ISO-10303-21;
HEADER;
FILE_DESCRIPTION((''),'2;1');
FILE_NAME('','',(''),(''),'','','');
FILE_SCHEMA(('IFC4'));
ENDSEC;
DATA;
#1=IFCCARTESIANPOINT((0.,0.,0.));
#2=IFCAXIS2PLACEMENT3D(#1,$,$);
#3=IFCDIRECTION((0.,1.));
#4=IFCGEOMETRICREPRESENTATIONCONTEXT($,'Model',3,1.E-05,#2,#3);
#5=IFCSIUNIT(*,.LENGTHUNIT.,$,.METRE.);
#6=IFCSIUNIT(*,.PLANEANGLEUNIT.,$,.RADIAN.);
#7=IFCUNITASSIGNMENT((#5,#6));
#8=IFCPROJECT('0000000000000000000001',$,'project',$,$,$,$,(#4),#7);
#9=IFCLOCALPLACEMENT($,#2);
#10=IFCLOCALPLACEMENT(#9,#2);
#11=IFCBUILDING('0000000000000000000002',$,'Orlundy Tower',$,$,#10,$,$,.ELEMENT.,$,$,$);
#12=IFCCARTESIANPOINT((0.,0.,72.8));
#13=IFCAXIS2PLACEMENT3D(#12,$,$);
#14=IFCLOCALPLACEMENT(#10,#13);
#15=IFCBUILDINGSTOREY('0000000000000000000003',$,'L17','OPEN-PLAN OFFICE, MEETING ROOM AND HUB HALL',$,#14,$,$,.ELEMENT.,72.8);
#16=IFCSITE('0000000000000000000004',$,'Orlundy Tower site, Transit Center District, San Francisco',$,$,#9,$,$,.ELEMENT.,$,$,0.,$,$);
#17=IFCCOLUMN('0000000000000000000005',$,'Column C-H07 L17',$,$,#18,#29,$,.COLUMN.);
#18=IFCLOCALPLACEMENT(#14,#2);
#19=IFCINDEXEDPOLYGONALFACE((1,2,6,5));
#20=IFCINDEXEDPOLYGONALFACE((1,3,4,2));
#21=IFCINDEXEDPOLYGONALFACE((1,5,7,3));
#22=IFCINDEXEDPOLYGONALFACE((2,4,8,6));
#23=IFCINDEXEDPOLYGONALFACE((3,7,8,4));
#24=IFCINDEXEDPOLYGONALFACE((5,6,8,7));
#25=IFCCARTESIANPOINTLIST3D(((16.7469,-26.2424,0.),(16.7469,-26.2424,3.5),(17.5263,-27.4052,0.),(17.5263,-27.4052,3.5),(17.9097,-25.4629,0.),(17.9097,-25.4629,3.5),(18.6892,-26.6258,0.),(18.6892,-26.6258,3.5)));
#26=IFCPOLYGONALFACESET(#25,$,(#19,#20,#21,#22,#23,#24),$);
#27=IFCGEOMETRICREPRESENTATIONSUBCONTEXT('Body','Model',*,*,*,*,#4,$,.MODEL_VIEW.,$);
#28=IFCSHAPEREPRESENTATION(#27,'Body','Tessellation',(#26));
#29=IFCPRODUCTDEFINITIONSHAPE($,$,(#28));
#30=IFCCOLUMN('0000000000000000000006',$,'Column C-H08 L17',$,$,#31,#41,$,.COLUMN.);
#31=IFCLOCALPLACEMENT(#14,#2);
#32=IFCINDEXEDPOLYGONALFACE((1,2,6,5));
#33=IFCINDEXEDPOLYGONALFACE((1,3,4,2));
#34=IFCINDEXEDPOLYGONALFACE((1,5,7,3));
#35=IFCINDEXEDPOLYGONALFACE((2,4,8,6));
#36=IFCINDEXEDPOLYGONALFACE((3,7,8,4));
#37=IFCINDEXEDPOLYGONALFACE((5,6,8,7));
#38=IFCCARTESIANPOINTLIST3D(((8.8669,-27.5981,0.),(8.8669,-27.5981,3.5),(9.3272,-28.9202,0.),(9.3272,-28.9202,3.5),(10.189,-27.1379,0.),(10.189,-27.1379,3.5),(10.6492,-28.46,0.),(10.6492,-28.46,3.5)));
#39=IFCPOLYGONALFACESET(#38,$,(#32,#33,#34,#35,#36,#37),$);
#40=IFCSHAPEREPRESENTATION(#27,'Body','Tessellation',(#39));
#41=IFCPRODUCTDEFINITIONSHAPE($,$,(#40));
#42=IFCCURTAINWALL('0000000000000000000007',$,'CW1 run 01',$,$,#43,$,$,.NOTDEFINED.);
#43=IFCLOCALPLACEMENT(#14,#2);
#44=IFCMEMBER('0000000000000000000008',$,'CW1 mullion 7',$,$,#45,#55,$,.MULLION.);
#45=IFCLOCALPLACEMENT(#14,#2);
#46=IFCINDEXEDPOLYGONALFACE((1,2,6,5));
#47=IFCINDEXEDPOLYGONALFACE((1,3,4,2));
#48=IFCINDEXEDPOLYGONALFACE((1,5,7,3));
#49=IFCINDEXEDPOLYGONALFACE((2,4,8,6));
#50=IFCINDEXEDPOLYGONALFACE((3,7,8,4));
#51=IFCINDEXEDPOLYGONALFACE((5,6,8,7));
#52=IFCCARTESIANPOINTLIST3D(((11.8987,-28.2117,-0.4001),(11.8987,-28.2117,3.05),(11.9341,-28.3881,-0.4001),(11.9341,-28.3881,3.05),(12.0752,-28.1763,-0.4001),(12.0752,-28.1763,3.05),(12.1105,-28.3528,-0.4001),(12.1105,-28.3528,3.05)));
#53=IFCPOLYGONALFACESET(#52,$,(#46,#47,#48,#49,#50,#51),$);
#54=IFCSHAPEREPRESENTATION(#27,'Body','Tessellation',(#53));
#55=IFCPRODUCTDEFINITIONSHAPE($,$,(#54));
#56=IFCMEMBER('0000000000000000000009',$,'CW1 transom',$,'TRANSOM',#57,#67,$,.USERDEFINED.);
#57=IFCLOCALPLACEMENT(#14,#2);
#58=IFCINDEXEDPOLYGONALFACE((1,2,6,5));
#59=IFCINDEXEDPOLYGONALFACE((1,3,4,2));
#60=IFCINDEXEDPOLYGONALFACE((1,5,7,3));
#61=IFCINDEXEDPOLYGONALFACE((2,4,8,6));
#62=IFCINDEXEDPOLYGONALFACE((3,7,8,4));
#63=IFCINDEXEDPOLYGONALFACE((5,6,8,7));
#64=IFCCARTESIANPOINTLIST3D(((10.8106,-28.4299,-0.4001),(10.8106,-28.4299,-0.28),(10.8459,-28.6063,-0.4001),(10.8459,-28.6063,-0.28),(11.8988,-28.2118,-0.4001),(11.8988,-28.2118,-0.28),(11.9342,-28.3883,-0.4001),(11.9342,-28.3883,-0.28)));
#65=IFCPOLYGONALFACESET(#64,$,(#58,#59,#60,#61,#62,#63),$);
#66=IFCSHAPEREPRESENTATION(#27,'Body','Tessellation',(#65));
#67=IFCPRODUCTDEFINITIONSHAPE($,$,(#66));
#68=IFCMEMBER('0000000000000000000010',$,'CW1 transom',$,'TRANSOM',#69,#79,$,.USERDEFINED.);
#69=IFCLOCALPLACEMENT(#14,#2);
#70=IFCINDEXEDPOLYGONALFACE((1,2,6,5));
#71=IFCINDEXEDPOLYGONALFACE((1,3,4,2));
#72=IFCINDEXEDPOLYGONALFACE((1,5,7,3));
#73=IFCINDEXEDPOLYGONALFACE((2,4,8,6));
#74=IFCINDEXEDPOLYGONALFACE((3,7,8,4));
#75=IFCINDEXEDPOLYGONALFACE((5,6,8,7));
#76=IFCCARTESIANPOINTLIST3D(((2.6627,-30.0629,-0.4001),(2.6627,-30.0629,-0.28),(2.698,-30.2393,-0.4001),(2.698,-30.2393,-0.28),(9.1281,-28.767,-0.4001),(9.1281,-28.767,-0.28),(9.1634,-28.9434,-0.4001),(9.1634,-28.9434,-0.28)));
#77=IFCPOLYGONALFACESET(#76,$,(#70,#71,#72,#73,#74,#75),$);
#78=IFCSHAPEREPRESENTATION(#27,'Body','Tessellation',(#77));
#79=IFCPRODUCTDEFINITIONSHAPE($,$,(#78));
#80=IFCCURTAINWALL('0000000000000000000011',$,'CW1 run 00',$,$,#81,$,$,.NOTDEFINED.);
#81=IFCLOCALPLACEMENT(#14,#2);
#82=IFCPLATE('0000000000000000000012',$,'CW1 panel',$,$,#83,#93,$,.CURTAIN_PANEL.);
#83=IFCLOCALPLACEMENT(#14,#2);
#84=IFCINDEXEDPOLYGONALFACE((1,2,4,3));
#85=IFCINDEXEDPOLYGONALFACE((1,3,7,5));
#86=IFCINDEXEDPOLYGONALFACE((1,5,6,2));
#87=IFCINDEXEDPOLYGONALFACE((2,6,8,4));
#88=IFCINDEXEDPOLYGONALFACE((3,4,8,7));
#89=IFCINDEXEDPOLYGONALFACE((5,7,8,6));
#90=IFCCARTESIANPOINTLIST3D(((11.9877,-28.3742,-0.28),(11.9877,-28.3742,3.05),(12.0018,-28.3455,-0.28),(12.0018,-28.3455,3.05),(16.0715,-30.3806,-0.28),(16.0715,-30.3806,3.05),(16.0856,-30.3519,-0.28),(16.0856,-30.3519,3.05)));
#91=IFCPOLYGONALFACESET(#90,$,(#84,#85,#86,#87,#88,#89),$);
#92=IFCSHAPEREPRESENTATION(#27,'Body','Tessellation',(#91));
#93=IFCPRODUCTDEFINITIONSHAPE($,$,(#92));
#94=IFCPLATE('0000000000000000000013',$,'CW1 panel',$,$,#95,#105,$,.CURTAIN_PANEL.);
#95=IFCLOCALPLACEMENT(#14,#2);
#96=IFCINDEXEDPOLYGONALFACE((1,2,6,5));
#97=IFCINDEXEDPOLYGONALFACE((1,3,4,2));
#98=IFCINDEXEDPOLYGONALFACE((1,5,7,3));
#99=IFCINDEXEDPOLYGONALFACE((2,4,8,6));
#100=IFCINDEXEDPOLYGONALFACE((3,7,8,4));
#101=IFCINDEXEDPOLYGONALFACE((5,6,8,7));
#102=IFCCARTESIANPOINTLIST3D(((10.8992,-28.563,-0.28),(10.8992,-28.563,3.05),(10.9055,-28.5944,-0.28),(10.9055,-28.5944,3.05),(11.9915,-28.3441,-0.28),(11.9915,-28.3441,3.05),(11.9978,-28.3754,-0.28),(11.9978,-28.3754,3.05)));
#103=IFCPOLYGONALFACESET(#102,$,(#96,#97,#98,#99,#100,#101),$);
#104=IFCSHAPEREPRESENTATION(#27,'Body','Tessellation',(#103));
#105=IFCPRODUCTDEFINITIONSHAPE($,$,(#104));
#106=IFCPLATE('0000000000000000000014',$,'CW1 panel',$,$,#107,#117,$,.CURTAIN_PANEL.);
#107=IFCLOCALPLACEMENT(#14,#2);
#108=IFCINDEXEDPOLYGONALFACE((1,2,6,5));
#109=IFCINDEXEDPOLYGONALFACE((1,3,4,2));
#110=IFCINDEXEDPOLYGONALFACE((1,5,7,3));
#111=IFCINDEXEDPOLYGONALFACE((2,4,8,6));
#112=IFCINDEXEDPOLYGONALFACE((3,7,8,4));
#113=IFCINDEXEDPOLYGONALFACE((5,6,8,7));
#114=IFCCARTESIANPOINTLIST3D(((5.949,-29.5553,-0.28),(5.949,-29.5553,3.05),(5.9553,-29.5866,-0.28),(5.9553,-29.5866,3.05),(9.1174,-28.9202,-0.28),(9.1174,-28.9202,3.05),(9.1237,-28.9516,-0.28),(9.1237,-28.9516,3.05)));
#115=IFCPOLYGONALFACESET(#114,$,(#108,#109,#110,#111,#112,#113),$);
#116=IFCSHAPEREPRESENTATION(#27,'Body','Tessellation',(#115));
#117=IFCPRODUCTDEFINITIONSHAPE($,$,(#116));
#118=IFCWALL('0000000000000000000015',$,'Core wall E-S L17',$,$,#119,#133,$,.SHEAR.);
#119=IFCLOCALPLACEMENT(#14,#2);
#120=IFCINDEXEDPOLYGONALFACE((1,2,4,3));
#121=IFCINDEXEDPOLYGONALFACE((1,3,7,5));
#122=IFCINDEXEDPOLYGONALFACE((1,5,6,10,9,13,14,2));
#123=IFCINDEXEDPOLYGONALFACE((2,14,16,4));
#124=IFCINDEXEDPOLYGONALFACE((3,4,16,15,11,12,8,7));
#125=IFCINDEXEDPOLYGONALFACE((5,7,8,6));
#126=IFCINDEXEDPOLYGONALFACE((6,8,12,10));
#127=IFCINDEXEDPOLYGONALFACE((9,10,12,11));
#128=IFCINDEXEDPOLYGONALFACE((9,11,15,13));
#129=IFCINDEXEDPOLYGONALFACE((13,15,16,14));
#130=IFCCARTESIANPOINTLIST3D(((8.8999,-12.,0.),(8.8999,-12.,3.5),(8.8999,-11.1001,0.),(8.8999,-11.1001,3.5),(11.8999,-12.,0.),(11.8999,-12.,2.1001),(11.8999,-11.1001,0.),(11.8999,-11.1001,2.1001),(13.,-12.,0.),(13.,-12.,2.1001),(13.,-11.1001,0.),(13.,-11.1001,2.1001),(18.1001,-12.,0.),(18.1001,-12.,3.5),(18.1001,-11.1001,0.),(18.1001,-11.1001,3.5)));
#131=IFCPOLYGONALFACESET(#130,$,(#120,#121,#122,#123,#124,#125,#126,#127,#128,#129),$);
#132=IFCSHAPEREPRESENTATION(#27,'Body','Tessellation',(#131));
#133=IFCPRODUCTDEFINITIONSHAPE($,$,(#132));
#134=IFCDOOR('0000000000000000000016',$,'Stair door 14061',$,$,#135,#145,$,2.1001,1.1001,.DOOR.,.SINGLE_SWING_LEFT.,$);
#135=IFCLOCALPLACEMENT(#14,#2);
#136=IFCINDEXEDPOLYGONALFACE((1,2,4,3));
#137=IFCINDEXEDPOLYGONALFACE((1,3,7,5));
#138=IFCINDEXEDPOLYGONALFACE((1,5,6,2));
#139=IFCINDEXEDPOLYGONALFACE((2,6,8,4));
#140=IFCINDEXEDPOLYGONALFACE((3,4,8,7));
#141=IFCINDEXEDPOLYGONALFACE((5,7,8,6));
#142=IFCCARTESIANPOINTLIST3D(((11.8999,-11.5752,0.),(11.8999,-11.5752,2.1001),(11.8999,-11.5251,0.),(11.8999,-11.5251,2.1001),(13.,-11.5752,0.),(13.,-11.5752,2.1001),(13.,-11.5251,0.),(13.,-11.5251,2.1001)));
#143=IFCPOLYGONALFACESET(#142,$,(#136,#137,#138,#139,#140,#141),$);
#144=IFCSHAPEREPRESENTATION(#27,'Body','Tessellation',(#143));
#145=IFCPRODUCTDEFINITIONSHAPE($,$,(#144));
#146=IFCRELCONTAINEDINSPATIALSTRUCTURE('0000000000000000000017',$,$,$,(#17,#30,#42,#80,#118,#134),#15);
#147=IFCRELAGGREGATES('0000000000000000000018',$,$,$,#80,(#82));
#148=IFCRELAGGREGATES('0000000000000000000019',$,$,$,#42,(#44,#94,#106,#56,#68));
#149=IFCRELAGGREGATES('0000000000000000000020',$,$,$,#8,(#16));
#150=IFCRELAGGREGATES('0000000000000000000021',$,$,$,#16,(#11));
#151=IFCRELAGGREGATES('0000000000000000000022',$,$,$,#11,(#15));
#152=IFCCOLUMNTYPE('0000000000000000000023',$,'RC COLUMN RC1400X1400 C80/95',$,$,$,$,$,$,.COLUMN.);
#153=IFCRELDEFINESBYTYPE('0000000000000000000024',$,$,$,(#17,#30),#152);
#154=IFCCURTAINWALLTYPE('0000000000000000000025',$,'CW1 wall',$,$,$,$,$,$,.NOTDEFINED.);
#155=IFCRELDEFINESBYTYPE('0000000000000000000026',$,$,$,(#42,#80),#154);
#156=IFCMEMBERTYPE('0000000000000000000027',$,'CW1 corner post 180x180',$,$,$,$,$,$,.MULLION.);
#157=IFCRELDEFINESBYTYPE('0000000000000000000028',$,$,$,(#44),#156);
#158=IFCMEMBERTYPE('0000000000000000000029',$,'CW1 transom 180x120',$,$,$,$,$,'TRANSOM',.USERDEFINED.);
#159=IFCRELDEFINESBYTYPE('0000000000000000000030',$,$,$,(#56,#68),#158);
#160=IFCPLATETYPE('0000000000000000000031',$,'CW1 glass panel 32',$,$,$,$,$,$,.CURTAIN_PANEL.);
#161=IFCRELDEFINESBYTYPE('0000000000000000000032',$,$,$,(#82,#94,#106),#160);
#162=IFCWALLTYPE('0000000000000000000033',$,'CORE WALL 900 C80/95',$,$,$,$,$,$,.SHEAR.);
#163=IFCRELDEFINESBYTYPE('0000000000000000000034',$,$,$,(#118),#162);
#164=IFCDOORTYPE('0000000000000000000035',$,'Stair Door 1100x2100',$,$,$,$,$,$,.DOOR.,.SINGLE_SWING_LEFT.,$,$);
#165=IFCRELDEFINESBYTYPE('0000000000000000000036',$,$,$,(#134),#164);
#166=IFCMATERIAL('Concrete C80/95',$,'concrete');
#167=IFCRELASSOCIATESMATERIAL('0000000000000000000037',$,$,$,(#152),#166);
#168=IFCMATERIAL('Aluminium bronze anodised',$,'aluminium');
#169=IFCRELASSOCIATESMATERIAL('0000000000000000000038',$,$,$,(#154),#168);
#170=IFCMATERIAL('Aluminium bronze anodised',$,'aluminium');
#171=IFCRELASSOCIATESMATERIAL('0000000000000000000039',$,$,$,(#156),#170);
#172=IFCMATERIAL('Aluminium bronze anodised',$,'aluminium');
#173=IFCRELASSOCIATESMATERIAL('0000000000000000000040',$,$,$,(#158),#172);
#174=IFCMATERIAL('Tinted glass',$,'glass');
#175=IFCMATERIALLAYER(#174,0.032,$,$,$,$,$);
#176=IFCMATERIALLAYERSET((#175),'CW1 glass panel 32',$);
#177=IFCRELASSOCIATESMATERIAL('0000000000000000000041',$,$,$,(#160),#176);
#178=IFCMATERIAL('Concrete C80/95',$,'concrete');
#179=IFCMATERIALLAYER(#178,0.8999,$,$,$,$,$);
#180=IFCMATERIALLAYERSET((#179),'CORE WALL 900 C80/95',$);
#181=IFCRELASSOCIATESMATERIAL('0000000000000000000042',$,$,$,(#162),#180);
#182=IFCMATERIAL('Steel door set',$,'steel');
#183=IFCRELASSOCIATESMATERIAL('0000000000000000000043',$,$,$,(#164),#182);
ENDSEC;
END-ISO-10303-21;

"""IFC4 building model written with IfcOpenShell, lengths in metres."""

from ifc_helpers import new_model, si_unit, direction, frame, frame_2d, origin, origin_2d, place, context, subcontext, project, spatial, rectangle, extrude, material, layer, layer_set, material_profile, profile_set, type_object, element, fill, aggregate, save


model = new_model("IFC4")

# Units and contexts
model_context = context("Model", 3, precision=1e-05, world=origin(), true_north=direction((0.0, 1.0)))
body_context = subcontext(model_context, "Body", "Model", "MODEL_VIEW")
ifc_project = project(units=[si_unit("LENGTHUNIT", "METRE"), si_unit("PLANEANGLEUNIT", "RADIAN")], contexts=[model_context])

# Site, building, storey
site_placement = place(None, origin())
site = spatial("IfcSite", under=ifc_project, at=site_placement, Name="Orlundy Tower site, Transit Center District, San Francisco", CompositionType="ELEMENT", RefElevation=0.0)
building_placement = place(site_placement, origin())
building = spatial("IfcBuilding", under=site, at=building_placement, Name="Orlundy Tower", CompositionType="ELEMENT")
storey_placement = place(building_placement, frame((0.0, 0.0, 72.8)))
storey = spatial("IfcBuildingStorey", under=building, at=storey_placement, Name="L17", Description="OPEN-PLAN OFFICE, MEETING ROOM AND HUB HALL", CompositionType="ELEMENT", Elevation=72.8)

# Columns
ifc_material_1 = material(Name="Concrete C80/95", Category="concrete")
ifc_material_profile_1 = material_profile(ifc_material_1, rectangle(XDim=1.3999, YDim=1.3999, at=origin_2d()), Name="RC1400X1400")
ifc_profile_set_1 = profile_set([ifc_material_profile_1], Name="Concrete C80/95")
column_type = type_object("IfcColumnType", Name="RC COLUMN RC1400X1400 C80/95", PredefinedType="COLUMN", material=ifc_profile_set_1)
for number, where, z_axis, x_axis, name in (
    (1, (17.718, -26.4341, 0.0), (0.0, 0.0, 1.0), (0.556774, -0.830664, 0.0), "Column C-H07 L17"),
    (2, (9.7581, -28.0291, 0.0), (0.0, 0.0, 1.0), (0.328784, -0.944405, 0.0), "Column C-H08 L17"),
):
    element("IfcColumn", number, at=place(storey_placement, frame(where, z_axis=z_axis, x_axis=x_axis)), inside=storey, type_object=column_type, Name=name, PredefinedType="COLUMN", context=body_context, shape_type="SweptSolid", body=[
        extrude(rectangle(XDim=1.3999, YDim=1.3999, at=origin_2d()), origin(), (0.0, 0.0, 1.0), 3.5),
    ])

# Curtain wall, members
ifc_material_2 = material(Name="Aluminium bronze anodised", Category="aluminium")
curtain_wall_type = type_object("IfcCurtainWallType", Name="CW1 wall", PredefinedType="NOTDEFINED", material=ifc_material_2)
curtain_wall_1_placement = place(storey_placement, origin())
curtain_wall_1 = element("IfcCurtainWall", 3, at=curtain_wall_1_placement, inside=storey, type_object=curtain_wall_type, Name="CW1 run 01", PredefinedType="NOTDEFINED")
ifc_material_3 = material(Name="Aluminium bronze anodised", Category="aluminium")
ifc_material_profile_2 = material_profile(ifc_material_3, rectangle(XDim=0.1799, YDim=0.1799, at=origin_2d()), Name="CW1 corner post 180x180")
ifc_profile_set_2 = profile_set([ifc_material_profile_2], Name="Aluminium bronze anodised")
member_type_1 = type_object("IfcMemberType", Name="CW1 corner post 180x180", PredefinedType="MULLION", material=ifc_profile_set_2)
member_1_placement = place(storey_placement, frame((12.0046, -28.2822, -0.4001), z_axis=(0.0, 0.0, 1.0), x_axis=(0.196532, -0.980497, 0.0)))
member_1 = element("IfcMember", 4, at=member_1_placement, type_object=member_type_1, Name="CW1 mullion 7", PredefinedType="MULLION", context=body_context, shape_type="SweptSolid", body=[
    extrude(rectangle(XDim=0.1799, YDim=0.1799, at=origin_2d()), origin(), (0.0, 0.0, 1.0), 3.4502),
])
ifc_material_4 = material(Name="Aluminium bronze anodised", Category="aluminium")
ifc_material_profile_3 = material_profile(ifc_material_4, rectangle(XDim=0.1799, YDim=0.1201, at=origin_2d()), Name="CW1 transom 180x120")
ifc_profile_set_3 = profile_set([ifc_material_profile_3], Name="Aluminium bronze anodised")
member_type_2 = type_object("IfcMemberType", Name="CW1 transom 180x120", ElementType="TRANSOM", PredefinedType="USERDEFINED", material=ifc_profile_set_3)
member_2_placement = place(storey_placement, frame((11.9165, -28.3, -0.3401), z_axis=(-0.980513, -0.196455, 0.0), x_axis=(0.196455, -0.980513, 0.0)))
member_2 = element("IfcMember", 5, at=member_2_placement, type_object=member_type_2, Name="CW1 transom", ObjectType="TRANSOM", PredefinedType="USERDEFINED", context=body_context, shape_type="SweptSolid", body=[
    extrude(rectangle(XDim=0.1799, YDim=0.1201, at=origin_2d()), origin(), (0.0, 0.0, 1.0), 1.1099),
])
member_3_placement = place(storey_placement, frame((9.1458, -28.8552, -0.3401), z_axis=(-0.980498, -0.196529, 0.0), x_axis=(0.196529, -0.980498, 0.0)))
member_3 = element("IfcMember", 6, at=member_3_placement, type_object=member_type_2, Name="CW1 transom", ObjectType="TRANSOM", PredefinedType="USERDEFINED", context=body_context, shape_type="SweptSolid", body=[
    extrude(rectangle(XDim=0.1799, YDim=0.1201, at=origin_2d()), origin(), (0.0, 0.0, 1.0), 6.594),
])

# Curtain wall, plate
curtain_wall_2_placement = place(storey_placement, origin())
curtain_wall_2 = element("IfcCurtainWall", 7, at=curtain_wall_2_placement, inside=storey, type_object=curtain_wall_type, Name="CW1 run 00", PredefinedType="NOTDEFINED")
ifc_material_5 = material(Name="Tinted glass", Category="glass")
ifc_layer_1 = layer(ifc_material_5, 0.032)
ifc_layer_set_1 = layer_set([ifc_layer_1], Name="CW1 glass panel 32")
plate_type = type_object("IfcPlateType", Name="CW1 glass panel 32", PredefinedType="CURTAIN_PANEL", material=ifc_layer_set_1)
plate_1_placement = place(storey_placement, frame((14.0366, -29.363, -0.28), z_axis=(0.0, 0.0, 1.0), x_axis=(-0.897522, 0.440969, 0.0)))
plate_1 = element("IfcPlate", 8, at=plate_1_placement, type_object=plate_type, Name="CW1 panel", PredefinedType="CURTAIN_PANEL", context=body_context, shape_type="SweptSolid", body=[
    extrude(rectangle(XDim=4.55, YDim=0.032, at=origin_2d()), origin(), (0.0, 0.0, 1.0), 3.3301),
])
aggregate(curtain_wall_2, [plate_1])

# Plates
plate_2_placement = place(storey_placement, frame((11.4485, -28.4692, -0.28), z_axis=(0.0, 0.0, 1.0), x_axis=(-0.980497, -0.196532, 0.0)))
plate_2 = element("IfcPlate", 9, at=plate_2_placement, type_object=plate_type, Name="CW1 panel", PredefinedType="CURTAIN_PANEL", context=body_context, shape_type="SweptSolid", body=[
    extrude(rectangle(XDim=1.114, YDim=0.032, at=origin_2d()), origin(), (0.0, 0.0, 1.0), 3.3301),
])
plate_3_placement = place(storey_placement, frame((7.5364, -29.2534, -0.28), z_axis=(0.0, 0.0, 1.0), x_axis=(-0.980497, -0.196532, 0.0)))
plate_3 = element("IfcPlate", 10, at=plate_3_placement, type_object=plate_type, Name="CW1 panel", PredefinedType="CURTAIN_PANEL", context=body_context, shape_type="SweptSolid", body=[
    extrude(rectangle(XDim=3.2314, YDim=0.032, at=origin_2d()), origin(), (0.0, 0.0, 1.0), 3.3301),
])
aggregate(curtain_wall_1, [member_1, plate_2, plate_3, member_2, member_3])

# Wall, opening, door
ifc_material_6 = material(Name="Concrete C80/95", Category="concrete")
ifc_layer_2 = layer(ifc_material_6, 0.8999)
ifc_layer_set_2 = layer_set([ifc_layer_2], Name="CORE WALL 900 C80/95")
wall_type_1 = type_object("IfcWallType", Name="CORE WALL 900 C80/95", PredefinedType="SHEAR", material=ifc_layer_set_2)
wall_1_placement = place(storey_placement, frame((8.8999, -11.55, 0.0), z_axis=(0.0, 0.0, 1.0), x_axis=(1.0, 0.0, 0.0)))
wall_1 = element("IfcWall", 11, at=wall_1_placement, inside=storey, type_object=wall_type_1, Name="Core wall E-S L17", PredefinedType="SHEAR", context=body_context, shape_type="SweptSolid", body=[
    extrude(rectangle(XDim=9.2002, YDim=0.8999, at=frame_2d((4.6001, 0.0))), origin(), (0.0, 0.0, 1.0), 3.5),
])
opening_1_placement = place(wall_1_placement, frame((3.0, 0.0, 0.0)))
opening_1 = element("IfcOpeningElement", 12, at=opening_1_placement, cuts=wall_1, PredefinedType="OPENING", context=body_context, shape_type="SweptSolid", body=[
    extrude(rectangle(XDim=1.1001, YDim=2.1001, at=frame_2d((0.55, 1.05))), frame((0.0, 0.46, 0.0), z_axis=(0.0, -1.0, 0.0), x_axis=(1.0, 0.0, 0.0)), (0.0, 0.0, 1.0), 0.9199),
])
ifc_material_7 = material(Name="Steel door set", Category="steel")
door_type_1 = type_object("IfcDoorType", Name="Stair Door 1100x2100", OperationType="SINGLE_SWING_LEFT", PredefinedType="DOOR", material=ifc_material_7)
door_1_placement = place(opening_1_placement, origin())
door_1 = element("IfcDoor", 13, at=door_1_placement, inside=storey, type_object=door_type_1, Name="Stair door 14061", OperationType="SINGLE_SWING_LEFT", OverallHeight=2.1001, OverallWidth=1.1001, PredefinedType="DOOR", context=body_context, shape_type="SweptSolid", body=[
    extrude(rectangle(XDim=1.1001, YDim=2.1001, at=frame_2d((0.55, 1.05))), frame((0.0, 0.0249, 0.0), z_axis=(0.0, -1.0, 0.0), x_axis=(1.0, 0.0, 0.0)), (0.0, 0.0, 1.0), 0.05),
])
fill(opening_1, door_1)

save(model, "model.ifc")
